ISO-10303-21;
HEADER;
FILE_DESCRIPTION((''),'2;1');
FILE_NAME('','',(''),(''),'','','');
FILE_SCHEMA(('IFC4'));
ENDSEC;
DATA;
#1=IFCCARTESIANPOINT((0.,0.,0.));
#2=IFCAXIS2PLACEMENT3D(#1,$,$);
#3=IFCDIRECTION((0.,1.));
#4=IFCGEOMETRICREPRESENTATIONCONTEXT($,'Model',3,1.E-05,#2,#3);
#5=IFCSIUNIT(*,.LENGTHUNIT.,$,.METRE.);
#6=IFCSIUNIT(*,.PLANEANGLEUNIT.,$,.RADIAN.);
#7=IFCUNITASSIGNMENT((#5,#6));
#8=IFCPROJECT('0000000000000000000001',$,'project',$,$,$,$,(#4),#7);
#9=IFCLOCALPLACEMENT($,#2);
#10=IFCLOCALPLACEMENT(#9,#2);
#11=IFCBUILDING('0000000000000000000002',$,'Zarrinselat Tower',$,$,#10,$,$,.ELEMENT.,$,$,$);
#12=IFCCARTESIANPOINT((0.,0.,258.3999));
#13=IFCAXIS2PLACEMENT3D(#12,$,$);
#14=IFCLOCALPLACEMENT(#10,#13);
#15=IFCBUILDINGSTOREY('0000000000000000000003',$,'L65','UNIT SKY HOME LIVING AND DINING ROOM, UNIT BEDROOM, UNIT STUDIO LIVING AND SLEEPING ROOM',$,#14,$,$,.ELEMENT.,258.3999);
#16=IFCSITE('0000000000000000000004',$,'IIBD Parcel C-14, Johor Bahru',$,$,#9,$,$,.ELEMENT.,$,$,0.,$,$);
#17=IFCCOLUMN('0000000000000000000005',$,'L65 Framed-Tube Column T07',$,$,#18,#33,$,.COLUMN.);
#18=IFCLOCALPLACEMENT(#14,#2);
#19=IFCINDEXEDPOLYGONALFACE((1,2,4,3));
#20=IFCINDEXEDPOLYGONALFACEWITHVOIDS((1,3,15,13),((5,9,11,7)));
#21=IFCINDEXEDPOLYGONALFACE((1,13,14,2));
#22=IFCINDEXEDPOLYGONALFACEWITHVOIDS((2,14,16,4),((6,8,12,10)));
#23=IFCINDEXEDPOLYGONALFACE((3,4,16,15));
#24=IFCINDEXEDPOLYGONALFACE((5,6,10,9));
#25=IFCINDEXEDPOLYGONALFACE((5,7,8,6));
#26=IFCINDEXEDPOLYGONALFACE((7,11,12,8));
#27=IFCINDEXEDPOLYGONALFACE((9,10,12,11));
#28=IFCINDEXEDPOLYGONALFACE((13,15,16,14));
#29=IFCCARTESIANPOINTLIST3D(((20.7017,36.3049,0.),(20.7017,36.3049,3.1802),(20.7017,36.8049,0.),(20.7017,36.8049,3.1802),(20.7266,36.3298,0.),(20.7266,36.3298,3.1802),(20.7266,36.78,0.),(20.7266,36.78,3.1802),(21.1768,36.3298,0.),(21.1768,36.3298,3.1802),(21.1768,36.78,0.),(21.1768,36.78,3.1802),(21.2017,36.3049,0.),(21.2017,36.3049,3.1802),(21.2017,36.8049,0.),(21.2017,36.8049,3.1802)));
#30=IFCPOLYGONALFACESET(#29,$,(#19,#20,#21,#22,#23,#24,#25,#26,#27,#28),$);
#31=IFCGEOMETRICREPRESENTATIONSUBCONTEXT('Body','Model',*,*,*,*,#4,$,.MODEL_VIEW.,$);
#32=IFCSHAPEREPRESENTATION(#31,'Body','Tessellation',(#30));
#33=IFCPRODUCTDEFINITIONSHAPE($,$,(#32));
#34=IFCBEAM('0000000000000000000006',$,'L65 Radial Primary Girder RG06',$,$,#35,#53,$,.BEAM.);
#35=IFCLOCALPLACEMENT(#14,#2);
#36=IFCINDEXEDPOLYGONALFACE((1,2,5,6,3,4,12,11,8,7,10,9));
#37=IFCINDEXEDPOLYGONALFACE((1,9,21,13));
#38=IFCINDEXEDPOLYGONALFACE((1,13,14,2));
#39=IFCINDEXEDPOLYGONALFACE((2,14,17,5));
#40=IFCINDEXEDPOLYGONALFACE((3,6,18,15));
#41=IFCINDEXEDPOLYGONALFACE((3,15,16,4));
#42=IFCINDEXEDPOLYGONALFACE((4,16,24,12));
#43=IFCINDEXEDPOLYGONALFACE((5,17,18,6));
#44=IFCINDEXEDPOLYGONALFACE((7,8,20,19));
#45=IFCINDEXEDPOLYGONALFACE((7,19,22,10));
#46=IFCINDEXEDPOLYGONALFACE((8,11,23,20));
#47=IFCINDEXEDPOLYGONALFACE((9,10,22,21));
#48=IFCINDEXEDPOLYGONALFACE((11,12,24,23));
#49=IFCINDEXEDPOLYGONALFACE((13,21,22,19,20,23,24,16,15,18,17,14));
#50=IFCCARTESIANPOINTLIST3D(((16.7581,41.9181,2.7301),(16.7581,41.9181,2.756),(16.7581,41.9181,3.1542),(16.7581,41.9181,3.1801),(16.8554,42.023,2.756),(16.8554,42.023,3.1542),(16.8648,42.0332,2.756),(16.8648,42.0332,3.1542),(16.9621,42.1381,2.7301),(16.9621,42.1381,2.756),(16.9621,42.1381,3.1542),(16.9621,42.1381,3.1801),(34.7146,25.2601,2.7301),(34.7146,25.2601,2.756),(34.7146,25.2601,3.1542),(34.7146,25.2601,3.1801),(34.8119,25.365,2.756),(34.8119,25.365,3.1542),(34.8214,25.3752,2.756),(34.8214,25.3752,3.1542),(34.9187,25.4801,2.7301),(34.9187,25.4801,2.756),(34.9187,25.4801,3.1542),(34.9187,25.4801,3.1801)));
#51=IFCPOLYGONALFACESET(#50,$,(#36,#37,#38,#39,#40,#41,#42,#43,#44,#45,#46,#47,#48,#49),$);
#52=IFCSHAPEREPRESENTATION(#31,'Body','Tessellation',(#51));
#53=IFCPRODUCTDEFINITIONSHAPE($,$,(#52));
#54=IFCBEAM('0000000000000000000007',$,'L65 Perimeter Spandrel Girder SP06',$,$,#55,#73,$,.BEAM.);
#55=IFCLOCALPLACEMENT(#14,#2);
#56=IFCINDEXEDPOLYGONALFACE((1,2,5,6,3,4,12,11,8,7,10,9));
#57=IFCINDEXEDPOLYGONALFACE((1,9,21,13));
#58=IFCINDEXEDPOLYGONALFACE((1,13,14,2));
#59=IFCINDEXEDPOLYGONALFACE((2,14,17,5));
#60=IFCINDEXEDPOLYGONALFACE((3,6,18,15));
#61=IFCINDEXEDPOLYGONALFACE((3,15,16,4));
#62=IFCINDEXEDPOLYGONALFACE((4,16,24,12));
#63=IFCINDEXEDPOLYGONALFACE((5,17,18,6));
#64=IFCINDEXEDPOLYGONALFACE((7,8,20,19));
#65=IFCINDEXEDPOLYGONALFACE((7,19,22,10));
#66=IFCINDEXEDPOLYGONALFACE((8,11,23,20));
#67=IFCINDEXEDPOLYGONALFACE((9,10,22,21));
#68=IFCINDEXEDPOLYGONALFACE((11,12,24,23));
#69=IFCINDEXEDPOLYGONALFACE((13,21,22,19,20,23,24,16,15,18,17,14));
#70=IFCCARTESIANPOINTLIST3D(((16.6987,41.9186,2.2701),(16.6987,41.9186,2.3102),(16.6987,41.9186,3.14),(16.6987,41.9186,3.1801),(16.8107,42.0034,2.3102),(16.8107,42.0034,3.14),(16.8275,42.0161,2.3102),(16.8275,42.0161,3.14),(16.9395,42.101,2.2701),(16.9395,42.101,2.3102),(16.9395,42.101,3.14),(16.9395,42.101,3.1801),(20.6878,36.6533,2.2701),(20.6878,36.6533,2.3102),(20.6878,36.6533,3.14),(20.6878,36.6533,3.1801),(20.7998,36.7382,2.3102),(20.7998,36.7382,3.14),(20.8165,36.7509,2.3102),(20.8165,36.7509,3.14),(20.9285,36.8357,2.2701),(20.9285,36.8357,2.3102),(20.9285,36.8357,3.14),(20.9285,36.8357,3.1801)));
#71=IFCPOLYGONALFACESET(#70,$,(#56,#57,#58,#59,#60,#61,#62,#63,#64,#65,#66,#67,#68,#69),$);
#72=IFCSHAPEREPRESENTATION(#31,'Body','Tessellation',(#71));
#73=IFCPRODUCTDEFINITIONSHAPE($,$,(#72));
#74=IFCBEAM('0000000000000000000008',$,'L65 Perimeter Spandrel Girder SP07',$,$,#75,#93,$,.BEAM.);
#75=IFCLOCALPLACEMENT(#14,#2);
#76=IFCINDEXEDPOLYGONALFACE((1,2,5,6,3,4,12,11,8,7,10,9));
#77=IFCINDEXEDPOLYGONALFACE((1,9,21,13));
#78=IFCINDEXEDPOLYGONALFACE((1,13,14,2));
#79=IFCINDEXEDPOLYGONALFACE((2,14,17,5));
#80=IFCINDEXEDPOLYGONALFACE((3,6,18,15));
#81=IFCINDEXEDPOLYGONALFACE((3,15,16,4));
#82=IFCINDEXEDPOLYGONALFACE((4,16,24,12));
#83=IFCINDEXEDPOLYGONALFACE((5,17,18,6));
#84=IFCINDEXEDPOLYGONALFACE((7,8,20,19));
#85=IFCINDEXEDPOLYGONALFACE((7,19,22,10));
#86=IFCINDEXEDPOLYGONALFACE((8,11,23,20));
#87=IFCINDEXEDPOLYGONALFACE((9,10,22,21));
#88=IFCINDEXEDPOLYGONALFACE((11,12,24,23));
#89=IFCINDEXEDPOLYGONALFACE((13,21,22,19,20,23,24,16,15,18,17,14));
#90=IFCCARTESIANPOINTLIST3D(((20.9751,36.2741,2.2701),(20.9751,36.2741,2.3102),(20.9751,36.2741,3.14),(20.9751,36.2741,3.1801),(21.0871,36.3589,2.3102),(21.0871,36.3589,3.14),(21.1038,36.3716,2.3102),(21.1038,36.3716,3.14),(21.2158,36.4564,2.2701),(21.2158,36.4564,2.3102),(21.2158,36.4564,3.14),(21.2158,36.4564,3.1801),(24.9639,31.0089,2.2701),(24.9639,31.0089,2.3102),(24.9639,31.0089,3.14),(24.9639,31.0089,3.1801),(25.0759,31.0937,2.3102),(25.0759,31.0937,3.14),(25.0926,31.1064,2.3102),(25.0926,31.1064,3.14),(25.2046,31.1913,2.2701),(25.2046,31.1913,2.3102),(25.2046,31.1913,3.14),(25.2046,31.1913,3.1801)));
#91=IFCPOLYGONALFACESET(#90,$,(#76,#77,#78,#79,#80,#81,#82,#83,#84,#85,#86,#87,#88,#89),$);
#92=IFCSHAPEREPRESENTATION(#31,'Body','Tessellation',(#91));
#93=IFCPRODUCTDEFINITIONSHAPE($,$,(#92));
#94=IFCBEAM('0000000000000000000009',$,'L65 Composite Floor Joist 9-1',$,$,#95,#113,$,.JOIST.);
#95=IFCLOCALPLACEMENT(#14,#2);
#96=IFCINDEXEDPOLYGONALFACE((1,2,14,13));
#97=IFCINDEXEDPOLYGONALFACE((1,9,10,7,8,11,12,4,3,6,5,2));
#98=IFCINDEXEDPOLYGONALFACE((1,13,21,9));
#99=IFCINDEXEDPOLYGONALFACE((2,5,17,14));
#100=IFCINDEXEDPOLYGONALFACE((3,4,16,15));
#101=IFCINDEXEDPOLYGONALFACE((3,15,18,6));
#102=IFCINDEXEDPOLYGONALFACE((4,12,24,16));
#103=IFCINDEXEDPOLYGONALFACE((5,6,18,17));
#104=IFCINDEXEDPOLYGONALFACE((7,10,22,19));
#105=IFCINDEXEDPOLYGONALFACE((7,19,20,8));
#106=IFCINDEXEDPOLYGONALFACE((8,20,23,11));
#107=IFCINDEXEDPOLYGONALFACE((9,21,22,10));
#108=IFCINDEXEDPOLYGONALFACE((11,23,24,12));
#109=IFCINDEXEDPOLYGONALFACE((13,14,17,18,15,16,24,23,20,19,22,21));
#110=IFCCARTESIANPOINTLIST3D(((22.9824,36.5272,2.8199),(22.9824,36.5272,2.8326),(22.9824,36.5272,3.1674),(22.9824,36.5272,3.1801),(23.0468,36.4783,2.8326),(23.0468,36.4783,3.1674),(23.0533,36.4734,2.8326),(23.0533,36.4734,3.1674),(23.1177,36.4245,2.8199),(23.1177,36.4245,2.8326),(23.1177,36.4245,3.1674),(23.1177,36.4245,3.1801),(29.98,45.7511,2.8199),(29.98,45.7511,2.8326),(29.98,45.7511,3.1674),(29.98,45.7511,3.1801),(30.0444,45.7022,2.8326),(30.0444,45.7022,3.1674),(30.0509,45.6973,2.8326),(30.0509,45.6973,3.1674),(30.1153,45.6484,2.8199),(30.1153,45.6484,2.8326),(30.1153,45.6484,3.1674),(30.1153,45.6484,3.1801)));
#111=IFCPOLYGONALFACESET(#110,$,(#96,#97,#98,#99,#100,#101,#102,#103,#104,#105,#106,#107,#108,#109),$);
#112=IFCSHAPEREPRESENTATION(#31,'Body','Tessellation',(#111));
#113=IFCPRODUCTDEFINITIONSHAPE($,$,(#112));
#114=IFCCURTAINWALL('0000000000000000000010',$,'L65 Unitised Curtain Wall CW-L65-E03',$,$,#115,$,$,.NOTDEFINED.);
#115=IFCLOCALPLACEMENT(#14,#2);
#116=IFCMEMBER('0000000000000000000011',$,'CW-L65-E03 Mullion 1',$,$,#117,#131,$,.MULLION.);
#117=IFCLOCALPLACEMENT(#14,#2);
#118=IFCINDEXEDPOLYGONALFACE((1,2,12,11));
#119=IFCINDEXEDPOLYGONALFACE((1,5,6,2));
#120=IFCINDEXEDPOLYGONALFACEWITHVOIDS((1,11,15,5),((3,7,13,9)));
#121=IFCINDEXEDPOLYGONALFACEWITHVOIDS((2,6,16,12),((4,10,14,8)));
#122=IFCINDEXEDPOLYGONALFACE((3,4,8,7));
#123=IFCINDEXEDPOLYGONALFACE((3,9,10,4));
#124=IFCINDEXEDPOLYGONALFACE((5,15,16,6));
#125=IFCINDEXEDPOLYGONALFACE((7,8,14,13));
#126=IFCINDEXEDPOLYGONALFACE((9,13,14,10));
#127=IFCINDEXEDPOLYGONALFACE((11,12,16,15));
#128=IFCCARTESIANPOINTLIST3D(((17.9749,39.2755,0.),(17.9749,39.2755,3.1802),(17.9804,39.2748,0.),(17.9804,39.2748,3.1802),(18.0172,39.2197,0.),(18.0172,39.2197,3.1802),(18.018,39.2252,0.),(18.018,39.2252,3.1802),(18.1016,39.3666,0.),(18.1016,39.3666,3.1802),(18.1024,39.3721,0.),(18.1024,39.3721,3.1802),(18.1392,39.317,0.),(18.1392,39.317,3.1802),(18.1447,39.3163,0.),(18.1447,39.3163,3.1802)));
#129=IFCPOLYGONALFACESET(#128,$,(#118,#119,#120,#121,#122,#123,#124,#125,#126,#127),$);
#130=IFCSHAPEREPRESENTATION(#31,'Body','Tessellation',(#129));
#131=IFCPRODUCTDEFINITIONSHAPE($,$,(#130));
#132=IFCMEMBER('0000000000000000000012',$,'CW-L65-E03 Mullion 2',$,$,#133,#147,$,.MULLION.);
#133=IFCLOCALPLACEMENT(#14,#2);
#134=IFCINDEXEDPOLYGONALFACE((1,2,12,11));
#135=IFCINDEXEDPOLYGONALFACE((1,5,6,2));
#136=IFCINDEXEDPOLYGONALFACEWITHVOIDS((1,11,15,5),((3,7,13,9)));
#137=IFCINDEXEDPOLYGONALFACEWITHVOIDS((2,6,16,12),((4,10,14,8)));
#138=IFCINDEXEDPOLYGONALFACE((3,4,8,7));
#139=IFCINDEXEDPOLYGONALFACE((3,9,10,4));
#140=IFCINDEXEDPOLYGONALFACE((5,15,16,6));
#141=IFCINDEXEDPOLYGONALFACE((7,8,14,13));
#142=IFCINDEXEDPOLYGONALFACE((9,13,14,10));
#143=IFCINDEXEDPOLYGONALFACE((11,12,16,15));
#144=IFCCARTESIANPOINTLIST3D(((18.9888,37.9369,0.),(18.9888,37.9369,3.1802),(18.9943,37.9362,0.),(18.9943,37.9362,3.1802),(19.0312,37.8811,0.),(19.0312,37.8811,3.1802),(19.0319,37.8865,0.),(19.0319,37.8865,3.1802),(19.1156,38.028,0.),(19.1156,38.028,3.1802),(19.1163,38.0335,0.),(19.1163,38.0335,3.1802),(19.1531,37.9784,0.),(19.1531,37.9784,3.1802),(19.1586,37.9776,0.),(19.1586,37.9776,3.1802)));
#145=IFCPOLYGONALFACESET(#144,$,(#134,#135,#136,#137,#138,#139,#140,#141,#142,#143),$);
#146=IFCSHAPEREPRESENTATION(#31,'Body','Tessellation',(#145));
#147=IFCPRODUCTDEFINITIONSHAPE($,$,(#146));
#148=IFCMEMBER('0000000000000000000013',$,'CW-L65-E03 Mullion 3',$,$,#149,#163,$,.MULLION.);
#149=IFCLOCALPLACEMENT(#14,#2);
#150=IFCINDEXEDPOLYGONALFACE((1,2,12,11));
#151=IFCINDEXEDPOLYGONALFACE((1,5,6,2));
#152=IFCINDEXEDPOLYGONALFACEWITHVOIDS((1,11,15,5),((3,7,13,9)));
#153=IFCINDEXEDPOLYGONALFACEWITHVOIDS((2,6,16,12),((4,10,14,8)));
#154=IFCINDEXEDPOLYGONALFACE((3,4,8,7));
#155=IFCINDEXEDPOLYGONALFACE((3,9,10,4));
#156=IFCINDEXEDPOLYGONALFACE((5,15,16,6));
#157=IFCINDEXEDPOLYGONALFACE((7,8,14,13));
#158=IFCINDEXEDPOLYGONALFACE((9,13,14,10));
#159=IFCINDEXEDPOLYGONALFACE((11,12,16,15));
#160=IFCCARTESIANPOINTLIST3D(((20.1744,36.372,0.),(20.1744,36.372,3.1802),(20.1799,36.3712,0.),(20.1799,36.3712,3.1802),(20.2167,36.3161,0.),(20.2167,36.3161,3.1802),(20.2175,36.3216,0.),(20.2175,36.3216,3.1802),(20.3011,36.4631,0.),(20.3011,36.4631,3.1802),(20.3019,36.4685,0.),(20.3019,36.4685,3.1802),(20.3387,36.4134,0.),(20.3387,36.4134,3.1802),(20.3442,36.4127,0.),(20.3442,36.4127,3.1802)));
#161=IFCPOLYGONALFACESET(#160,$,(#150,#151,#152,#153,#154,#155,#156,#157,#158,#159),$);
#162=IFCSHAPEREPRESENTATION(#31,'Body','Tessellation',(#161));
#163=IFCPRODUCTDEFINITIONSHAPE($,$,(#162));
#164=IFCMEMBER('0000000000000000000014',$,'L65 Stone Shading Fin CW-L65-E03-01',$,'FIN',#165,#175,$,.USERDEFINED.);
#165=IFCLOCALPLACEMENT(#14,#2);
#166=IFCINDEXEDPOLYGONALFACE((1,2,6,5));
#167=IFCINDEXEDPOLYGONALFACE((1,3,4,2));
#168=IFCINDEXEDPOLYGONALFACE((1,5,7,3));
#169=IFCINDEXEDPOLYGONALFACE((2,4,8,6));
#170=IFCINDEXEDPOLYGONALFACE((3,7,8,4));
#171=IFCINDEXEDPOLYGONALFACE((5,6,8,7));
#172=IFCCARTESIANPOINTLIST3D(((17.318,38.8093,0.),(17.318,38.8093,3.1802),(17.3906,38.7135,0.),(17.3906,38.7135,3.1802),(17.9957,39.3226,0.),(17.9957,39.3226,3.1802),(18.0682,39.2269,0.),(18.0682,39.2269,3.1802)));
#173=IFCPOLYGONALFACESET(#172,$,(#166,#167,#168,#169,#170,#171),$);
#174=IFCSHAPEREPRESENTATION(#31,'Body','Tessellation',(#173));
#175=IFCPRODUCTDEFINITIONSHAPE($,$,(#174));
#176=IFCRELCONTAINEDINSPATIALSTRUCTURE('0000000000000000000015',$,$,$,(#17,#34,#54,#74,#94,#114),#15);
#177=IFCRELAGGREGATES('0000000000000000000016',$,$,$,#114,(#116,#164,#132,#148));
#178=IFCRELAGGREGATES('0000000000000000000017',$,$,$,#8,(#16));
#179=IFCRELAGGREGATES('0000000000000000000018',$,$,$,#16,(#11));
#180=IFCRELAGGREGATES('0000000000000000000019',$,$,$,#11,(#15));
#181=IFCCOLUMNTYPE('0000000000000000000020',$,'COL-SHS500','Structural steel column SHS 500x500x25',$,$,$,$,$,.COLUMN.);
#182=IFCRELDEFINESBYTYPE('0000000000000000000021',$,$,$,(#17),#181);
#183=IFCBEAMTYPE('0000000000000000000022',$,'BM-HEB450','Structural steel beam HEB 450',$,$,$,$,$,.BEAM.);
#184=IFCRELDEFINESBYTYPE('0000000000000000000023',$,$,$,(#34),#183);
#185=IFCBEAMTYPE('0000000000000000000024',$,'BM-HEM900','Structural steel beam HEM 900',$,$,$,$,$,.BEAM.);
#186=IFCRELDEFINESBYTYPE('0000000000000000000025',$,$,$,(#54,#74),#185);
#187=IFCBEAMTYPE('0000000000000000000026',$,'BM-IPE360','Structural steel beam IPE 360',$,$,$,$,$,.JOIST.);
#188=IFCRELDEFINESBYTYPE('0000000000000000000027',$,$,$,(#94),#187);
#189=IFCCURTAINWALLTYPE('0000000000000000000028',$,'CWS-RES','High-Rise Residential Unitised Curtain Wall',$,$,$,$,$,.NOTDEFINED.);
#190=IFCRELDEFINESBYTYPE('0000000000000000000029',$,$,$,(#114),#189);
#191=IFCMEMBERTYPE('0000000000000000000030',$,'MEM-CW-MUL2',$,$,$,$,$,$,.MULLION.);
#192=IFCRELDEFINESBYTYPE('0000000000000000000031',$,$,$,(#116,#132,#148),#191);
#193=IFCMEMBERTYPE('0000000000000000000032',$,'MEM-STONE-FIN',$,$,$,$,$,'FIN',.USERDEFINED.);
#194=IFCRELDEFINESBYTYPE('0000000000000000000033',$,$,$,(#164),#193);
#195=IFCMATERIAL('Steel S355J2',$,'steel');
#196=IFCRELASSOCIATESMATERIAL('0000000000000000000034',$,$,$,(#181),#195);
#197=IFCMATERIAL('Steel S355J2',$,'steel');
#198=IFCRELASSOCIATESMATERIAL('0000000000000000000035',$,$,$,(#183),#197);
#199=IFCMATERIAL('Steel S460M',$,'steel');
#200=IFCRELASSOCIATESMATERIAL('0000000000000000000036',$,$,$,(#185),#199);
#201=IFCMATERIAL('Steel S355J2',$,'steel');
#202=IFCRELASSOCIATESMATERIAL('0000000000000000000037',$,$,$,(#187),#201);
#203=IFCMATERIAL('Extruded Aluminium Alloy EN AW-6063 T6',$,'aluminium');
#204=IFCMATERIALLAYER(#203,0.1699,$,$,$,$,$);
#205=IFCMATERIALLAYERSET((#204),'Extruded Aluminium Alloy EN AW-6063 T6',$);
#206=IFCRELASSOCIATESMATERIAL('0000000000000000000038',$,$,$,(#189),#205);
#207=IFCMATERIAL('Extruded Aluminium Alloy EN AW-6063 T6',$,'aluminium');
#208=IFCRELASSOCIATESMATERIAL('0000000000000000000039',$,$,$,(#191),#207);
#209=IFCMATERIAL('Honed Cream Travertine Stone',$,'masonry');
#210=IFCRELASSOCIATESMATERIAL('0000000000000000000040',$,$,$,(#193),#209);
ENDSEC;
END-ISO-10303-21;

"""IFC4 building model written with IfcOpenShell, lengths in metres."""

from ifc_helpers import new_model, si_unit, direction, frame, origin, origin_2d, place, context, subcontext, project, spatial, rectangle, hollow_rectangle, i_section, extrude, material, layer, layer_set, material_profile, profile_set, type_object, element, aggregate, save


model = new_model("IFC4")

# Units and contexts
model_context = context("Model", 3, precision=1e-05, world=origin(), true_north=direction((0.0, 1.0)))
body_context = subcontext(model_context, "Body", "Model", "MODEL_VIEW")
ifc_project = project(units=[si_unit("LENGTHUNIT", "METRE"), si_unit("PLANEANGLEUNIT", "RADIAN")], contexts=[model_context])

# Site, building, storey
site_placement = place(None, origin())
site = spatial("IfcSite", under=ifc_project, at=site_placement, Name="IIBD Parcel C-14, Johor Bahru", CompositionType="ELEMENT", RefElevation=0.0)
building_placement = place(site_placement, origin())
building = spatial("IfcBuilding", under=site, at=building_placement, Name="Zarrinselat Tower", CompositionType="ELEMENT")
storey_placement = place(building_placement, frame((0.0, 0.0, 258.3999)))
storey = spatial("IfcBuildingStorey", under=building, at=storey_placement, Name="L65", Description="UNIT SKY HOME LIVING AND DINING ROOM, UNIT BEDROOM, UNIT STUDIO LIVING AND SLEEPING ROOM", CompositionType="ELEMENT", Elevation=258.3999)

# Column
ifc_material_1 = material(Name="Steel S355J2", Category="steel")
ifc_material_profile_1 = material_profile(ifc_material_1, hollow_rectangle(XDim=0.5, YDim=0.5, WallThickness=0.0249, at=origin_2d()), Name="SHS 500x500x25")
ifc_profile_set_1 = profile_set([ifc_material_profile_1], Name="Steel S355J2")
column_type = type_object("IfcColumnType", Name="COL-SHS500", Description="Structural steel column SHS 500x500x25", PredefinedType="COLUMN", material=ifc_profile_set_1)
column_placement = place(storey_placement, frame((20.9517, 36.5549, 0.0), z_axis=(0.0, 0.0, 1.0), x_axis=(1.0, 0.0, 0.0)))
element("IfcColumn", 1, at=column_placement, inside=storey, type_object=column_type, Name="L65 Framed-Tube Column T07", PredefinedType="COLUMN", context=body_context, shape_type="SweptSolid", body=[
    extrude(hollow_rectangle(XDim=0.5, YDim=0.5, WallThickness=0.0249, at=origin_2d()), origin(), (0.0, 0.0, 1.0), 3.1802),
])

# Beams
ifc_material_2 = material(Name="Steel S355J2", Category="steel")
ifc_material_profile_2 = material_profile(ifc_material_2, i_section(OverallWidth=0.3, OverallDepth=0.45, WebThickness=0.0139, FlangeThickness=0.0259, at=origin_2d()), Name="HEB 450")
ifc_profile_set_2 = profile_set([ifc_material_profile_2], Name="Steel S355J2")
beam_type_1 = type_object("IfcBeamType", Name="BM-HEB450", Description="Structural steel beam HEB 450", PredefinedType="BEAM", material=ifc_profile_set_2)
beam_1_placement = place(storey_placement, frame((16.8601, 42.0281, 2.9551), z_axis=(0.733119, -0.680101, 0.0), x_axis=(0.680101, 0.733119, 0.0)))
element("IfcBeam", 2, at=beam_1_placement, inside=storey, type_object=beam_type_1, Name="L65 Radial Primary Girder RG06", PredefinedType="BEAM", context=body_context, shape_type="SweptSolid", body=[
    extrude(i_section(OverallWidth=0.3, OverallDepth=0.45, WebThickness=0.0139, FlangeThickness=0.0259, at=origin_2d()), origin(), (0.0, 0.0, 1.0), 24.4934),
])
ifc_material_3 = material(Name="Steel S460M", Category="steel")
ifc_material_profile_3 = material_profile(ifc_material_3, i_section(OverallWidth=0.302, OverallDepth=0.9099, WebThickness=0.021, FlangeThickness=0.04, at=origin_2d()), Name="HEM 900")
ifc_profile_set_3 = profile_set([ifc_material_profile_3], Name="Steel S460M")
beam_type_2 = type_object("IfcBeamType", Name="BM-HEM900", Description="Structural steel beam HEM 900", PredefinedType="BEAM", material=ifc_profile_set_3)
beam_2_placement = place(storey_placement, frame((16.8191, 42.0098, 2.7251), z_axis=(0.603884, -0.797072, 0.0), x_axis=(0.797072, 0.603884, 0.0)))
element("IfcBeam", 3, at=beam_2_placement, inside=storey, type_object=beam_type_2, Name="L65 Perimeter Spandrel Girder SP06", PredefinedType="BEAM", context=body_context, shape_type="SweptSolid", body=[
    extrude(i_section(OverallWidth=0.302, OverallDepth=0.9099, WebThickness=0.021, FlangeThickness=0.04, at=origin_2d()), origin(), (0.0, 0.0, 1.0), 6.6057),
])
beam_3_placement = place(storey_placement, frame((21.0955, 36.3652, 2.7251), z_axis=(0.603861, -0.79709, 0.0), x_axis=(0.79709, 0.603861, 0.0)))
element("IfcBeam", 4, at=beam_3_placement, inside=storey, type_object=beam_type_2, Name="L65 Perimeter Spandrel Girder SP07", PredefinedType="BEAM", context=body_context, shape_type="SweptSolid", body=[
    extrude(i_section(OverallWidth=0.302, OverallDepth=0.9099, WebThickness=0.021, FlangeThickness=0.04, at=origin_2d()), origin(), (0.0, 0.0, 1.0), 6.6055),
])
ifc_material_4 = material(Name="Steel S355J2", Category="steel")
ifc_material_profile_4 = material_profile(ifc_material_4, i_section(OverallWidth=0.1699, OverallDepth=0.3601, WebThickness=0.0081, FlangeThickness=0.0127, at=origin_2d()), Name="IPE 360")
ifc_profile_set_4 = profile_set([ifc_material_profile_4], Name="Steel S355J2")
beam_type_3 = type_object("IfcBeamType", Name="BM-IPE360", Description="Structural steel beam IPE 360", PredefinedType="JOIST", material=ifc_profile_set_4)
beam_4_placement = place(storey_placement, frame((23.05, 36.4758, 3.0), z_axis=(0.604394, 0.796686, 0.0), x_axis=(-0.796686, 0.604394, 0.0)))
element("IfcBeam", 5, at=beam_4_placement, inside=storey, type_object=beam_type_3, Name="L65 Composite Floor Joist 9-1", PredefinedType="JOIST", context=body_context, shape_type="SweptSolid", body=[
    extrude(i_section(OverallWidth=0.1699, OverallDepth=0.3601, WebThickness=0.0081, FlangeThickness=0.0127, at=origin_2d()), origin(), (0.0, 0.0, 1.0), 11.5779),
])

# Curtain wall, members
ifc_material_5 = material(Name="Extruded Aluminium Alloy EN AW-6063 T6", Category="aluminium")
ifc_layer_1 = layer(ifc_material_5, 0.1699)
ifc_layer_set_1 = layer_set([ifc_layer_1], Name="Extruded Aluminium Alloy EN AW-6063 T6")
curtain_wall_type = type_object("IfcCurtainWallType", Name="CWS-RES", Description="High-Rise Residential Unitised Curtain Wall", PredefinedType="NOTDEFINED", material=ifc_layer_set_1)
curtain_wall_placement = place(storey_placement, origin())
curtain_wall = element("IfcCurtainWall", 6, at=curtain_wall_placement, inside=storey, type_object=curtain_wall_type, Name="L65 Unitised Curtain Wall CW-L65-E03", PredefinedType="NOTDEFINED")
ifc_material_6 = material(Name="Extruded Aluminium Alloy EN AW-6063 T6", Category="aluminium")
ifc_material_profile_5 = material_profile(ifc_material_6, hollow_rectangle(XDim=0.0701, YDim=0.1599, WallThickness=0.0039, at=origin_2d()), Name="RHS 160x70x4")
ifc_profile_set_5 = profile_set([ifc_material_profile_5], Name="Extruded Aluminium Alloy EN AW-6063 T6")
member_type_1 = type_object("IfcMemberType", Name="MEM-CW-MUL2", PredefinedType="MULLION", material=ifc_profile_set_5)
member_1_placement = place(storey_placement, frame((18.0598, 39.2959, 0.0), z_axis=(0.0, 0.0, 1.0), x_axis=(0.603858, -0.797092, 0.0)))
member_1 = element("IfcMember", 7, at=member_1_placement, type_object=member_type_1, Name="CW-L65-E03 Mullion 1", PredefinedType="MULLION", context=body_context, shape_type="SweptSolid", body=[
    extrude(hollow_rectangle(XDim=0.0701, YDim=0.1599, WallThickness=0.0039, at=origin_2d()), origin(), (0.0, 0.0, 1.0), 3.1802),
])
member_2_placement = place(storey_placement, frame((19.0737, 37.9573, 0.0), z_axis=(0.0, 0.0, 1.0), x_axis=(0.603858, -0.797092, 0.0)))
member_2 = element("IfcMember", 8, at=member_2_placement, type_object=member_type_1, Name="CW-L65-E03 Mullion 2", PredefinedType="MULLION", context=body_context, shape_type="SweptSolid", body=[
    extrude(hollow_rectangle(XDim=0.0701, YDim=0.1599, WallThickness=0.0039, at=origin_2d()), origin(), (0.0, 0.0, 1.0), 3.1802),
])
member_3_placement = place(storey_placement, frame((20.2593, 36.3923, 0.0), z_axis=(0.0, 0.0, 1.0), x_axis=(0.603858, -0.797092, 0.0)))
member_3 = element("IfcMember", 9, at=member_3_placement, type_object=member_type_1, Name="CW-L65-E03 Mullion 3", PredefinedType="MULLION", context=body_context, shape_type="SweptSolid", body=[
    extrude(hollow_rectangle(XDim=0.0701, YDim=0.1599, WallThickness=0.0039, at=origin_2d()), origin(), (0.0, 0.0, 1.0), 3.1802),
])
ifc_material_7 = material(Name="Honed Cream Travertine Stone", Category="masonry")
ifc_material_profile_6 = material_profile(ifc_material_7, rectangle(XDim=0.1201, YDim=0.8501, at=origin_2d()), Name="FIN 850x120")
ifc_profile_set_6 = profile_set([ifc_material_profile_6], Name="Honed Cream Travertine Stone")
member_type_2 = type_object("IfcMemberType", Name="MEM-STONE-FIN", ElementType="FIN", PredefinedType="USERDEFINED", material=ifc_profile_set_6)
member_4_placement = place(storey_placement, frame((17.6931, 39.0181, 0.0), z_axis=(0.0, 0.0, 1.0), x_axis=(-0.603858, 0.797092, 0.0)))
member_4 = element("IfcMember", 10, at=member_4_placement, type_object=member_type_2, Name="L65 Stone Shading Fin CW-L65-E03-01", ObjectType="FIN", PredefinedType="USERDEFINED", context=body_context, shape_type="SweptSolid", body=[
    extrude(rectangle(XDim=0.1201, YDim=0.8501, at=origin_2d()), origin(), (0.0, 0.0, 1.0), 3.1802),
])
aggregate(curtain_wall, [member_1, member_4, member_2, member_3])

save(model, "model.ifc")
